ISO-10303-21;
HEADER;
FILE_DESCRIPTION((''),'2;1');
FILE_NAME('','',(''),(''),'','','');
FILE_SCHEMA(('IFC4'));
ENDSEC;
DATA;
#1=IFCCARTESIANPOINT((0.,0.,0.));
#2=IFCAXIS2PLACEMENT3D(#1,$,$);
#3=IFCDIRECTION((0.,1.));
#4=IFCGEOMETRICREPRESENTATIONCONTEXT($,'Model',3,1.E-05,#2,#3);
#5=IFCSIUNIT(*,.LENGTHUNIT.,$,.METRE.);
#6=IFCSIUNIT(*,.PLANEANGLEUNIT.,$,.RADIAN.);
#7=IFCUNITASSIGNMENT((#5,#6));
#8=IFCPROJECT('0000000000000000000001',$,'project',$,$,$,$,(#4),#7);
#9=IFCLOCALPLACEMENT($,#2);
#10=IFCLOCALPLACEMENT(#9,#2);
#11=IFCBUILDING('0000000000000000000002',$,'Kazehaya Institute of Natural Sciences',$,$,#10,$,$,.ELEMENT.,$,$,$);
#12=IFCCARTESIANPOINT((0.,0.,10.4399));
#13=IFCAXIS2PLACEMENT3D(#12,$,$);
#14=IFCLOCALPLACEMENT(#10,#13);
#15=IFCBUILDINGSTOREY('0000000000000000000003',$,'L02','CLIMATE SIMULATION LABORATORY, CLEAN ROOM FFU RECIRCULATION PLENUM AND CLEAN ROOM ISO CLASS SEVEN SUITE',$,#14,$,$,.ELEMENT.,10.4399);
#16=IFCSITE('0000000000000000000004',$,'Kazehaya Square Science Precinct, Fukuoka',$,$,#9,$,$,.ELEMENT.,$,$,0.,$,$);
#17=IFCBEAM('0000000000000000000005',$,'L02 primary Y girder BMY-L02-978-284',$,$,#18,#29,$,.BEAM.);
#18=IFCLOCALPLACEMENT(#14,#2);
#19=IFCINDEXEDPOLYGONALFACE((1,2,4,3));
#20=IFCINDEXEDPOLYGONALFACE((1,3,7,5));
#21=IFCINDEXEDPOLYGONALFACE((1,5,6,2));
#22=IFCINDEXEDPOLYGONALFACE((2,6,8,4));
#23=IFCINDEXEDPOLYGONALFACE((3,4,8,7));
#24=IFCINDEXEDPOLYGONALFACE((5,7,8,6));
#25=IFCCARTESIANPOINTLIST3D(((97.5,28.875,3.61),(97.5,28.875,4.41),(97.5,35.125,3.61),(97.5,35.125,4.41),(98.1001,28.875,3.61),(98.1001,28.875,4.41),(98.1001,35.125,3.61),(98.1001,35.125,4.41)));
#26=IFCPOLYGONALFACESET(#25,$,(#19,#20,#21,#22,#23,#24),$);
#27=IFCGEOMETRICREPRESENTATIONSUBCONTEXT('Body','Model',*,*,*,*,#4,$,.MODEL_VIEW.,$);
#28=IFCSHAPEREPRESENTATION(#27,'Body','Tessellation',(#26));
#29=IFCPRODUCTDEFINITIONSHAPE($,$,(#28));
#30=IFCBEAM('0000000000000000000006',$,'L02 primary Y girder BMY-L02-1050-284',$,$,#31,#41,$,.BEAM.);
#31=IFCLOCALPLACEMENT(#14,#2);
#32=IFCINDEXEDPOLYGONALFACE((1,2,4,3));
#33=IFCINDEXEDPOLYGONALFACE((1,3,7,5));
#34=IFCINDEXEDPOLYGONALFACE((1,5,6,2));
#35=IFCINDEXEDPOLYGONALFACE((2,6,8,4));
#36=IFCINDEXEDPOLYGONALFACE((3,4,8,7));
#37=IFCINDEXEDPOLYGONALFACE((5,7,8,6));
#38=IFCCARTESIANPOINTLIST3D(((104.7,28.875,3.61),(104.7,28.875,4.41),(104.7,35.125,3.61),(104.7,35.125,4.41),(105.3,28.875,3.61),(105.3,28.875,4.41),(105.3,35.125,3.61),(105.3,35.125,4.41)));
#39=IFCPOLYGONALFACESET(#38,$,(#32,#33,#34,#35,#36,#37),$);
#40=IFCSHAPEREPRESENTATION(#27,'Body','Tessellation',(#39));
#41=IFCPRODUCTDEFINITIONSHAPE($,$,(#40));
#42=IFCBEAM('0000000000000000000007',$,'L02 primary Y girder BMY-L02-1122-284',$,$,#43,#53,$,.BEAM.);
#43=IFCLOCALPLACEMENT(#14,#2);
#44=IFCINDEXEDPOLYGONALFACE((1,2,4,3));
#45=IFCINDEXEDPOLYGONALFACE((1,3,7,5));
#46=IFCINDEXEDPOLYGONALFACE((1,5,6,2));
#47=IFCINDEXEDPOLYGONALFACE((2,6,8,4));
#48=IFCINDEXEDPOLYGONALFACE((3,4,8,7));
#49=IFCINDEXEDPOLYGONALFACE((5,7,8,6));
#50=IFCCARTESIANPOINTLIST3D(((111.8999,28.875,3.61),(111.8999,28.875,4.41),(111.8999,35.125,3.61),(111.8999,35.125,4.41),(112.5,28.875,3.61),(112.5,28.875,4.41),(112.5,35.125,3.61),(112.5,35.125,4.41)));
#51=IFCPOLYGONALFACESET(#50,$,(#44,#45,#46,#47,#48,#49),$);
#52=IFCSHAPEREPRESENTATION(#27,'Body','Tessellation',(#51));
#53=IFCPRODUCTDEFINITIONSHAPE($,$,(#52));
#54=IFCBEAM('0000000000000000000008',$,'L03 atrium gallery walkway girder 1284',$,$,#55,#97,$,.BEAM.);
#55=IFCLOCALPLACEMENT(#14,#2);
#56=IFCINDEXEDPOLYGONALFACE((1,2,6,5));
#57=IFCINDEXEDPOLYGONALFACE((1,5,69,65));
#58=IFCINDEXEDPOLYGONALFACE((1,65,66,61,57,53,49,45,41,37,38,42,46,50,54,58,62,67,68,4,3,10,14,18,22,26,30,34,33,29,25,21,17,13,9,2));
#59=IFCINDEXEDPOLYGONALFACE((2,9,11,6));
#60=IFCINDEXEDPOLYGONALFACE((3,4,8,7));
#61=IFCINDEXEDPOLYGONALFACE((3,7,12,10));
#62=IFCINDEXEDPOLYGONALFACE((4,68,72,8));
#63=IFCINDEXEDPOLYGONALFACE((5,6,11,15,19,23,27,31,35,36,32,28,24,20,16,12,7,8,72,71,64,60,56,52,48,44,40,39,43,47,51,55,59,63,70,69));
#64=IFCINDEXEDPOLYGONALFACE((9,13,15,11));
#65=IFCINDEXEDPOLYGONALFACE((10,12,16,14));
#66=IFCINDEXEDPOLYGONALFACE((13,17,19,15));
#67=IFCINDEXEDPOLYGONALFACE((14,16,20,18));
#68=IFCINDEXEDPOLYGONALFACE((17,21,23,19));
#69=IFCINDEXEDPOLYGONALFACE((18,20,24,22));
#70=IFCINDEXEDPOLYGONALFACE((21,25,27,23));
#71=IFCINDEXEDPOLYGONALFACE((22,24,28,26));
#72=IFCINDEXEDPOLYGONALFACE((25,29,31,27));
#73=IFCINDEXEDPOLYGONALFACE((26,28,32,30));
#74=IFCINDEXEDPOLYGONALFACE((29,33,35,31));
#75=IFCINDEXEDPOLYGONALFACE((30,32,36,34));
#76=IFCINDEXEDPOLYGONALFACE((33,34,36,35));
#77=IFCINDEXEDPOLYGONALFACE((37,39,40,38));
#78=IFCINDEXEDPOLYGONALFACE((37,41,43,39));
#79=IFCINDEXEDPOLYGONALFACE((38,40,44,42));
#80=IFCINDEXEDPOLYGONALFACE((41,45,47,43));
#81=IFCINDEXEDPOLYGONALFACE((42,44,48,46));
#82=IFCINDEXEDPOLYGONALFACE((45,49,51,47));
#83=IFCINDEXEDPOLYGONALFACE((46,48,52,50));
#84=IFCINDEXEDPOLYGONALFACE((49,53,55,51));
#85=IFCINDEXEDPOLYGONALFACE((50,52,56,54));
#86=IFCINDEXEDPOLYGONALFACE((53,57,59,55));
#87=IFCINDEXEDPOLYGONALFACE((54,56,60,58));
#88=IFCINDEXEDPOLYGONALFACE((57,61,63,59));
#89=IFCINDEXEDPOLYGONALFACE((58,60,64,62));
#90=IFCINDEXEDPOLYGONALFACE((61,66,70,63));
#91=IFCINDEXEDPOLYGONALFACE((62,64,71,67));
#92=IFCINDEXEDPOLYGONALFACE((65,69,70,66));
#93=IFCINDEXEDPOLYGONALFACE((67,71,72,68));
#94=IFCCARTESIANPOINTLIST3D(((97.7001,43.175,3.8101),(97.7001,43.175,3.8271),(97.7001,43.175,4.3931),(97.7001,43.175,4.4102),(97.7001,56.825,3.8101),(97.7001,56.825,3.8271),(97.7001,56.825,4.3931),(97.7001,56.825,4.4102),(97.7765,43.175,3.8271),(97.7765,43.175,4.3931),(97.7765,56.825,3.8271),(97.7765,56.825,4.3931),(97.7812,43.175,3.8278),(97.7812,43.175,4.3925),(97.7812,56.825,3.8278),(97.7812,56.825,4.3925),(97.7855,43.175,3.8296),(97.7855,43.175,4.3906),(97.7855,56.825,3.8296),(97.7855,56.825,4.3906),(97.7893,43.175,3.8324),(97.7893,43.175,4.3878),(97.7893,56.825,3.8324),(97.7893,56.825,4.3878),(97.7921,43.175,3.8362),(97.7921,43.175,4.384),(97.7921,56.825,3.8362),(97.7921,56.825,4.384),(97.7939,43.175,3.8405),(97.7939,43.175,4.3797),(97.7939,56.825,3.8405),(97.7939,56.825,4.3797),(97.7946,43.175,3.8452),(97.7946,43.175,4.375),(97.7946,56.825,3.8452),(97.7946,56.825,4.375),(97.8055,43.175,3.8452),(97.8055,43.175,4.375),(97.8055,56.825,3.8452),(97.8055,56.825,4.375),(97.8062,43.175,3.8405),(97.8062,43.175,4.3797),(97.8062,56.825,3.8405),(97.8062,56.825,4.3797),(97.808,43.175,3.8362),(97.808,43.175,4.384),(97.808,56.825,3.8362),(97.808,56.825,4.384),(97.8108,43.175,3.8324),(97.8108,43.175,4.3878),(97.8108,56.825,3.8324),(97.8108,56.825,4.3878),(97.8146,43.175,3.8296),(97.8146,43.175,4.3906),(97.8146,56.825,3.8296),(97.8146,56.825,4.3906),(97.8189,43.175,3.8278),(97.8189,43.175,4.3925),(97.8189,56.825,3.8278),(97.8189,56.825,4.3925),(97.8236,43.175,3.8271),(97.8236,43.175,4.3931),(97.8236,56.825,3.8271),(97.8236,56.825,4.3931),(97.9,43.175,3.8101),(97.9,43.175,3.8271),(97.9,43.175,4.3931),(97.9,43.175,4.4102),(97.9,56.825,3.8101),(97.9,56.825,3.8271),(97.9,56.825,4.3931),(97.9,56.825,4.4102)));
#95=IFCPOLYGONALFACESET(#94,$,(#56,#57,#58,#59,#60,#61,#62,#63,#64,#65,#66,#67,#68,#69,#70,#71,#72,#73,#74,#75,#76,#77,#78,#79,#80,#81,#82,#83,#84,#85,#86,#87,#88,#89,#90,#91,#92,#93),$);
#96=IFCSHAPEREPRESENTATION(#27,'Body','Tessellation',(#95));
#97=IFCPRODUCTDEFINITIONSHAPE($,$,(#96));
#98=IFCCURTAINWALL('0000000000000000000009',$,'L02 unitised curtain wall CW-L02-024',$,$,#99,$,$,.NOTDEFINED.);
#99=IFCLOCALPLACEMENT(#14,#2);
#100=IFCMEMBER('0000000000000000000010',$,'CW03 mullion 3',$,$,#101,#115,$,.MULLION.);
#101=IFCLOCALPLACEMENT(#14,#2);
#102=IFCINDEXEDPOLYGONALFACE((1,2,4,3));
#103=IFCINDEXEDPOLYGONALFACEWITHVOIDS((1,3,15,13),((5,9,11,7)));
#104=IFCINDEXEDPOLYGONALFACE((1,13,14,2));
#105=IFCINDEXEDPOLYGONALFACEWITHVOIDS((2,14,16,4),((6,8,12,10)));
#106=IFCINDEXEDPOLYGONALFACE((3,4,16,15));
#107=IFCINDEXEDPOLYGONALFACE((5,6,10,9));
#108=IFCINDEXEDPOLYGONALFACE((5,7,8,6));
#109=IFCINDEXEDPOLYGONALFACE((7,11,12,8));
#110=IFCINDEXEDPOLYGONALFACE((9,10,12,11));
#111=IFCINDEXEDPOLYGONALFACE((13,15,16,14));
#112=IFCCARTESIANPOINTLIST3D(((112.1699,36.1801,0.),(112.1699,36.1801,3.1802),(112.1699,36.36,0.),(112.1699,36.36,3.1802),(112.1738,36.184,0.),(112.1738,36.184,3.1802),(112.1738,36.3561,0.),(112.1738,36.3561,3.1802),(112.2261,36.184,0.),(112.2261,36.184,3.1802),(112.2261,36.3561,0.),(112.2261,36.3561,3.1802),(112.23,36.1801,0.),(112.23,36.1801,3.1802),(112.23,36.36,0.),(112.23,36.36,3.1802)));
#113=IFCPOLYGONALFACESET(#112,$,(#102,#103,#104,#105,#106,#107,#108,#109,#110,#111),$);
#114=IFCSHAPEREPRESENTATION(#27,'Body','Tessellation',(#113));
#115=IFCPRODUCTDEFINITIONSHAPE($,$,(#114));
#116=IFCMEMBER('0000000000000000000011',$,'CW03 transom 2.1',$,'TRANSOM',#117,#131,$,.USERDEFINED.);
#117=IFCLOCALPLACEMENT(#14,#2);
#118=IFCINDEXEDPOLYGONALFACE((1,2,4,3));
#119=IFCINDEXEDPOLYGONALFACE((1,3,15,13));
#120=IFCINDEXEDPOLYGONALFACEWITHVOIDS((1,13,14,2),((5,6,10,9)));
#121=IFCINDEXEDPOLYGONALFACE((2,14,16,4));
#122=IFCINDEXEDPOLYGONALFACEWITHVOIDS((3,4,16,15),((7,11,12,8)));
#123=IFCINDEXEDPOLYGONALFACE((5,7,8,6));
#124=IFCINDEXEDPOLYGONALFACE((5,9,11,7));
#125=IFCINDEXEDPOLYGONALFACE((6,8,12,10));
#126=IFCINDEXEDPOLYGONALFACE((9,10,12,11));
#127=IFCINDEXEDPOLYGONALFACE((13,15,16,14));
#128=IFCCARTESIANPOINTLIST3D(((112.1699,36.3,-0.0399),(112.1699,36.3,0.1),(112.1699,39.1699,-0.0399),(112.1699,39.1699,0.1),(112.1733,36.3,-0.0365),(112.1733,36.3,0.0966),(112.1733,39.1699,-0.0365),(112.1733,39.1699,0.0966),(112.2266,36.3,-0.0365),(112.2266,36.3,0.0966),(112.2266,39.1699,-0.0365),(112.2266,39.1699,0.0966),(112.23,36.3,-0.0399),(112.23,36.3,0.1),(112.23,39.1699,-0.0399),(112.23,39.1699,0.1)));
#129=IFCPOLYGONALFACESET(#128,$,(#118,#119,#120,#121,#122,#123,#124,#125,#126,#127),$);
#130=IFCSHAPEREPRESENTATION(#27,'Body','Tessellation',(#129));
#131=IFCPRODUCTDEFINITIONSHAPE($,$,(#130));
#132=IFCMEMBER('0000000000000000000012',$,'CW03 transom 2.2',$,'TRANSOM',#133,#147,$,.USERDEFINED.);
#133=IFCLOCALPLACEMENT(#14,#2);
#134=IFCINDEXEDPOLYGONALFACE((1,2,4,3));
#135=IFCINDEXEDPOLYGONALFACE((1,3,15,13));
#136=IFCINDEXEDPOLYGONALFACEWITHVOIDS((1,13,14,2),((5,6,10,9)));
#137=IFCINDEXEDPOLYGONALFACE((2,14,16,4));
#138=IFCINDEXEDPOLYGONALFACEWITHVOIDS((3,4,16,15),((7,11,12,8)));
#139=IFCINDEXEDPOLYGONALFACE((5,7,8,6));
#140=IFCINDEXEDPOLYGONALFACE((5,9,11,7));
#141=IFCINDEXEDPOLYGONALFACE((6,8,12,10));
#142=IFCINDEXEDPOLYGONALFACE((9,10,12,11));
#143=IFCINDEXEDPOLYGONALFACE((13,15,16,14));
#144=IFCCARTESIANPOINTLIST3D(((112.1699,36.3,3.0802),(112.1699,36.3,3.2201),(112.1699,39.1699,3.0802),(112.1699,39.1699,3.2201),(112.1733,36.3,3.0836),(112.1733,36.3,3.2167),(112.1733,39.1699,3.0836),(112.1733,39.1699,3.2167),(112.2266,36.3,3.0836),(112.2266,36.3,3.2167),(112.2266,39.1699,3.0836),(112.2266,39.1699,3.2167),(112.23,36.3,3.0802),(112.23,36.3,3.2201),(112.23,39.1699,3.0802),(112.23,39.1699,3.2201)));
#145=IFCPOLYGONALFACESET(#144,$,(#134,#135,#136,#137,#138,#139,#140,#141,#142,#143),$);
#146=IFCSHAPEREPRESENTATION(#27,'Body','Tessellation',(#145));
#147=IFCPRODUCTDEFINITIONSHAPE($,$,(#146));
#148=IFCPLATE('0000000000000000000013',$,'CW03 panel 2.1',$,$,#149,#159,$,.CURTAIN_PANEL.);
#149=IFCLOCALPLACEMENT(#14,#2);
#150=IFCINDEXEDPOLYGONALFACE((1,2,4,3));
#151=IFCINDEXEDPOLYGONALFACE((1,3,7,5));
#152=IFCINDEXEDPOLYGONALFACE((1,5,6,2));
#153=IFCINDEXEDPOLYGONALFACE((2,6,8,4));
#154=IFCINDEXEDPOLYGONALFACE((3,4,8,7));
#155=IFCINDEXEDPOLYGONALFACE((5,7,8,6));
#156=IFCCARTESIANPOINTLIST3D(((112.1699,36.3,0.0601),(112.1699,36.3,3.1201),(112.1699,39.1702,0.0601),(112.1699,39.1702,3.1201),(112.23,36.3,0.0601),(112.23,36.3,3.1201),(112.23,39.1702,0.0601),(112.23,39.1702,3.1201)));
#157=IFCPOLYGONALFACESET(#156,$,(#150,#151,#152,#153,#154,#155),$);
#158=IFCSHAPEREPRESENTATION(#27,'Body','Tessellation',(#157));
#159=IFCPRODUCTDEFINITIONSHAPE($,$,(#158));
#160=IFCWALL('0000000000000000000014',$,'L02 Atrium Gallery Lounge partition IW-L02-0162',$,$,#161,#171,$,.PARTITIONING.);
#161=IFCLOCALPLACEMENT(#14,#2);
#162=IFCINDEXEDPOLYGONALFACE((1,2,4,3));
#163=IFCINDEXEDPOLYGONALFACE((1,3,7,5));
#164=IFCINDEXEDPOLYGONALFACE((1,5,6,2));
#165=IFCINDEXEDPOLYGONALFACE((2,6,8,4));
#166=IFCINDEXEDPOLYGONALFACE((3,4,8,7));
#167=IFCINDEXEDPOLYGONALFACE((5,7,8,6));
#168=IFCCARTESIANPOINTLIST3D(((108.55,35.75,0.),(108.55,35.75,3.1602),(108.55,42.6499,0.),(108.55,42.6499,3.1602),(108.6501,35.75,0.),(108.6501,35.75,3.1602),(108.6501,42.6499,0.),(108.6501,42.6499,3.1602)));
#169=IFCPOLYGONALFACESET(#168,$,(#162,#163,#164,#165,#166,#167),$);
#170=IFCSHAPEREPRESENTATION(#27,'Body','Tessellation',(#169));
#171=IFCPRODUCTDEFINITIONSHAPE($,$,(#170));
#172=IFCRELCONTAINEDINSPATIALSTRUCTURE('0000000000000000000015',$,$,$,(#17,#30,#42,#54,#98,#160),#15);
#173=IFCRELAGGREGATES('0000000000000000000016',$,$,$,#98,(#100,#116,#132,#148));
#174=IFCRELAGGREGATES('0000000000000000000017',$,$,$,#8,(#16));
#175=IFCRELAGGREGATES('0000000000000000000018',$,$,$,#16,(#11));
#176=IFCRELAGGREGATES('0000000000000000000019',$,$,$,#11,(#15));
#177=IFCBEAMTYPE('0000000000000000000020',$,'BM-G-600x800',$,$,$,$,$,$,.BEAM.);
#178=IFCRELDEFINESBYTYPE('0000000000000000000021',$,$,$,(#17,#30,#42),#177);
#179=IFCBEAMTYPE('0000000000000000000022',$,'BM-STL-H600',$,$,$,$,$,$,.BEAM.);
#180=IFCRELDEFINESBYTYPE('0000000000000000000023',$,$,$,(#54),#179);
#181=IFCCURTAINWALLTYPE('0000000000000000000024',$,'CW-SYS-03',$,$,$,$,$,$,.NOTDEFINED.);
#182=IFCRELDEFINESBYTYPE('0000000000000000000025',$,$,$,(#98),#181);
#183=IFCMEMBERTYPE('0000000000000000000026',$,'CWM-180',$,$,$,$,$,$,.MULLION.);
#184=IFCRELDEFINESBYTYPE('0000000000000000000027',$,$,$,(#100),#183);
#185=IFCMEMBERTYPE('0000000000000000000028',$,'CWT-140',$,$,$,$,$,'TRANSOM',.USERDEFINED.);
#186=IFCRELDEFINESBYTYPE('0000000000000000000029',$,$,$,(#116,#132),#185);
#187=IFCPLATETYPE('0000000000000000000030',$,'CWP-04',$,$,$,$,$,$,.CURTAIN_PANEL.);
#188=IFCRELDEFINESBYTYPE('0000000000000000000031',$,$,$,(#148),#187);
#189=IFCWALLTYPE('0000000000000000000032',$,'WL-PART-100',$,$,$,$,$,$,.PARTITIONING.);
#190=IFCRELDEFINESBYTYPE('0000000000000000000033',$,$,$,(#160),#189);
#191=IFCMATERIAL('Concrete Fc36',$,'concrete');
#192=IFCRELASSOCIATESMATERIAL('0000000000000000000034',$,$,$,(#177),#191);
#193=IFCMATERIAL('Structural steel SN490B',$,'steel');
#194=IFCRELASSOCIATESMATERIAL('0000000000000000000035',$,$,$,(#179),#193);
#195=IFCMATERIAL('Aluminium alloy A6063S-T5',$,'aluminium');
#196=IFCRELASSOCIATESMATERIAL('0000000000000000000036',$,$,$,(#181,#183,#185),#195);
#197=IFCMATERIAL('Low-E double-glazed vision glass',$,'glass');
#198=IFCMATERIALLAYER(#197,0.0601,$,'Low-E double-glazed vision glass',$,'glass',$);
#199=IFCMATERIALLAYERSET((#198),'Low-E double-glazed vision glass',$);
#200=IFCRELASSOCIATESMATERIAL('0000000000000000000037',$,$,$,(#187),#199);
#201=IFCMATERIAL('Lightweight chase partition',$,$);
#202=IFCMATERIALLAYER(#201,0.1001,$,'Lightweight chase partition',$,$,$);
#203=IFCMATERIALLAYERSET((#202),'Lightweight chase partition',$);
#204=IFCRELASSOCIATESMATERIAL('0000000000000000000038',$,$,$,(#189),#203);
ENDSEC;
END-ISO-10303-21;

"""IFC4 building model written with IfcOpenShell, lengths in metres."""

from ifc_helpers import new_model, si_unit, direction, frame, frame_2d, origin, origin_2d, place, context, subcontext, project, spatial, rectangle, hollow_rectangle, i_section, extrude, material, layer, layer_set, material_profile, profile_set, type_object, element, aggregate, save


model = new_model("IFC4")

# Units and contexts
model_context = context("Model", 3, precision=1e-05, world=origin(), true_north=direction((0.0, 1.0)))
body_context = subcontext(model_context, "Body", "Model", "MODEL_VIEW")
ifc_project = project(units=[si_unit("LENGTHUNIT", "METRE"), si_unit("PLANEANGLEUNIT", "RADIAN")], contexts=[model_context])

# Site, building, storey
site_placement = place(None, origin())
site = spatial("IfcSite", under=ifc_project, at=site_placement, Name="Kazehaya Square Science Precinct, Fukuoka", CompositionType="ELEMENT", RefElevation=0.0)
building_placement = place(site_placement, origin())
building = spatial("IfcBuilding", under=site, at=building_placement, Name="Kazehaya Institute of Natural Sciences", CompositionType="ELEMENT")
storey_placement = place(building_placement, frame((0.0, 0.0, 10.4399)))
storey = spatial("IfcBuildingStorey", under=building, at=storey_placement, Name="L02", Description="CLIMATE SIMULATION LABORATORY, CLEAN ROOM FFU RECIRCULATION PLENUM AND CLEAN ROOM ISO CLASS SEVEN SUITE", CompositionType="ELEMENT", Elevation=10.4399)

# Shared definitions
ifc_material_1 = material(Name="Concrete Fc36", Category="concrete")

# Beams
ifc_material_profile_1 = material_profile(ifc_material_1, rectangle(XDim=0.6001, YDim=0.8, at=origin_2d()), Name="RC-600x800")
ifc_profile_set_1 = profile_set([ifc_material_profile_1], Name="Concrete Fc36")
beam_type_1 = type_object("IfcBeamType", Name="BM-G-600x800", PredefinedType="BEAM", material=ifc_profile_set_1)
for number, where, z_axis, x_axis, name in (
    (1, (97.8, 28.875, 4.01), (0.0, 1.0, 0.0), (-1.0, 0.0, 0.0), "L02 primary Y girder BMY-L02-978-284"),
    (2, (105.0, 28.875, 4.01), (0.0, 1.0, 0.0), (-1.0, 0.0, 0.0), "L02 primary Y girder BMY-L02-1050-284"),
    (3, (112.2, 28.875, 4.01), (0.0, 1.0, 0.0), (-1.0, 0.0, 0.0), "L02 primary Y girder BMY-L02-1122-284"),
):
    element("IfcBeam", number, at=place(storey_placement, frame(where, z_axis=z_axis, x_axis=x_axis)), inside=storey, type_object=beam_type_1, Name=name, PredefinedType="BEAM", context=body_context, shape_type="SweptSolid", body=[
        extrude(rectangle(XDim=0.6001, YDim=0.8, at=origin_2d()), origin(), (0.0, 0.0, 1.0), 6.25),
    ])
ifc_material_2 = material(Name="Structural steel SN490B", Category="steel")
ifc_material_profile_2 = material_profile(ifc_material_2, i_section(OverallWidth=0.2, OverallDepth=0.6001, WebThickness=0.011, FlangeThickness=0.0171, FilletRadius=0.0181, at=origin_2d()), Name="H-600x200x11x17")
ifc_profile_set_2 = profile_set([ifc_material_profile_2], Name="Structural steel SN490B")
beam_type_2 = type_object("IfcBeamType", Name="BM-STL-H600", PredefinedType="BEAM", material=ifc_profile_set_2)
beam_1_placement = place(storey_placement, frame((97.8, 43.175, 4.1101), z_axis=(0.0, 1.0, 0.0), x_axis=(-1.0, 0.0, 0.0)))
element("IfcBeam", 4, at=beam_1_placement, inside=storey, type_object=beam_type_2, Name="L03 atrium gallery walkway girder 1284", PredefinedType="BEAM", context=body_context, shape_type="SweptSolid", body=[
    extrude(i_section(OverallWidth=0.2, OverallDepth=0.6001, WebThickness=0.011, FlangeThickness=0.0171, FilletRadius=0.0181, at=origin_2d()), origin(), (0.0, 0.0, 1.0), 13.6499),
])

# Curtain wall, members, plate
ifc_material_3 = material(Name="Aluminium alloy A6063S-T5", Category="aluminium")
curtain_wall_type = type_object("IfcCurtainWallType", Name="CW-SYS-03", PredefinedType="NOTDEFINED", material=ifc_material_3)
curtain_wall_placement = place(storey_placement, origin())
curtain_wall = element("IfcCurtainWall", 5, at=curtain_wall_placement, inside=storey, type_object=curtain_wall_type, Name="L02 unitised curtain wall CW-L02-024", PredefinedType="NOTDEFINED")
ifc_material_profile_3 = material_profile(ifc_material_3, hollow_rectangle(XDim=0.0601, YDim=0.1799, WallThickness=0.0039, at=origin_2d()), Name="ALU-60x180x4")
ifc_profile_set_3 = profile_set([ifc_material_profile_3], Name="Aluminium alloy A6063S-T5")
member_type_1 = type_object("IfcMemberType", Name="CWM-180", PredefinedType="MULLION", material=ifc_profile_set_3)
member_1_placement = place(storey_placement, frame((112.2, 36.27, 0.0), z_axis=(0.0, 0.0, 1.0), x_axis=(1.0, 0.0, 0.0)))
member_1 = element("IfcMember", 6, at=member_1_placement, type_object=member_type_1, Name="CW03 mullion 3", PredefinedType="MULLION", context=body_context, shape_type="SweptSolid", body=[
    extrude(hollow_rectangle(XDim=0.0601, YDim=0.1799, WallThickness=0.0039, at=origin_2d()), origin(), (0.0, 0.0, 1.0), 3.1802),
])
ifc_material_profile_4 = material_profile(ifc_material_3, hollow_rectangle(XDim=0.0601, YDim=0.1399, WallThickness=0.0034, at=origin_2d()), Name="ALU-60x140x3.5")
ifc_profile_set_4 = profile_set([ifc_material_profile_4], Name="Aluminium alloy A6063S-T5")
member_type_2 = type_object("IfcMemberType", Name="CWT-140", ElementType="TRANSOM", PredefinedType="USERDEFINED", material=ifc_profile_set_4)
member_2_placement = place(storey_placement, frame((112.2, 39.1699, 0.03), z_axis=(0.0, -1.0, 0.0), x_axis=(1.0, 0.0, 0.0)))
member_2 = element("IfcMember", 7, at=member_2_placement, type_object=member_type_2, Name="CW03 transom 2.1", ObjectType="TRANSOM", PredefinedType="USERDEFINED", context=body_context, shape_type="SweptSolid", body=[
    extrude(hollow_rectangle(XDim=0.0601, YDim=0.1399, WallThickness=0.0034, at=origin_2d()), origin(), (0.0, 0.0, 1.0), 2.8699),
])
member_3_placement = place(storey_placement, frame((112.2, 39.1699, 3.1501), z_axis=(0.0, -1.0, 0.0), x_axis=(1.0, 0.0, 0.0)))
member_3 = element("IfcMember", 8, at=member_3_placement, type_object=member_type_2, Name="CW03 transom 2.2", ObjectType="TRANSOM", PredefinedType="USERDEFINED", context=body_context, shape_type="SweptSolid", body=[
    extrude(hollow_rectangle(XDim=0.0601, YDim=0.1399, WallThickness=0.0034, at=origin_2d()), origin(), (0.0, 0.0, 1.0), 2.8699),
])
ifc_material_4 = material(Name="Low-E double-glazed vision glass", Category="glass")
ifc_layer_1 = layer(ifc_material_4, 0.0601, Name="Low-E double-glazed vision glass", Category="glass")
ifc_layer_set_1 = layer_set([ifc_layer_1], Name="Low-E double-glazed vision glass")
plate_type = type_object("IfcPlateType", Name="CWP-04", PredefinedType="CURTAIN_PANEL", material=ifc_layer_set_1)
plate_placement = place(storey_placement, frame((112.2, 37.7351, 0.0601), z_axis=(0.0, 0.0, 1.0), x_axis=(0.0, -1.0, 0.0)))
plate = element("IfcPlate", 9, at=plate_placement, type_object=plate_type, Name="CW03 panel 2.1", PredefinedType="CURTAIN_PANEL", context=body_context, shape_type="SweptSolid", body=[
    extrude(rectangle(XDim=2.8701, YDim=0.0601, at=origin_2d()), origin(), (0.0, 0.0, 1.0), 3.0601),
])
aggregate(curtain_wall, [member_1, member_2, member_3, plate])

# Wall
ifc_material_5 = material(Name="Lightweight chase partition")
ifc_layer_2 = layer(ifc_material_5, 0.1001, Name="Lightweight chase partition")
ifc_layer_set_2 = layer_set([ifc_layer_2], Name="Lightweight chase partition")
wall_type_1 = type_object("IfcWallType", Name="WL-PART-100", PredefinedType="PARTITIONING", material=ifc_layer_set_2)
wall_1_placement = place(storey_placement, frame((108.6001, 42.6499, 0.0), z_axis=(0.0, 0.0, 1.0), x_axis=(0.0, -1.0, 0.0)))
element("IfcWall", 10, at=wall_1_placement, inside=storey, type_object=wall_type_1, Name="L02 Atrium Gallery Lounge partition IW-L02-0162", PredefinedType="PARTITIONING", context=body_context, shape_type="SweptSolid", body=[
    extrude(rectangle(XDim=6.8999, YDim=0.1001, at=frame_2d((3.45, 0.0))), origin(), (0.0, 0.0, 1.0), 3.1602),
])

save(model, "model.ifc")
